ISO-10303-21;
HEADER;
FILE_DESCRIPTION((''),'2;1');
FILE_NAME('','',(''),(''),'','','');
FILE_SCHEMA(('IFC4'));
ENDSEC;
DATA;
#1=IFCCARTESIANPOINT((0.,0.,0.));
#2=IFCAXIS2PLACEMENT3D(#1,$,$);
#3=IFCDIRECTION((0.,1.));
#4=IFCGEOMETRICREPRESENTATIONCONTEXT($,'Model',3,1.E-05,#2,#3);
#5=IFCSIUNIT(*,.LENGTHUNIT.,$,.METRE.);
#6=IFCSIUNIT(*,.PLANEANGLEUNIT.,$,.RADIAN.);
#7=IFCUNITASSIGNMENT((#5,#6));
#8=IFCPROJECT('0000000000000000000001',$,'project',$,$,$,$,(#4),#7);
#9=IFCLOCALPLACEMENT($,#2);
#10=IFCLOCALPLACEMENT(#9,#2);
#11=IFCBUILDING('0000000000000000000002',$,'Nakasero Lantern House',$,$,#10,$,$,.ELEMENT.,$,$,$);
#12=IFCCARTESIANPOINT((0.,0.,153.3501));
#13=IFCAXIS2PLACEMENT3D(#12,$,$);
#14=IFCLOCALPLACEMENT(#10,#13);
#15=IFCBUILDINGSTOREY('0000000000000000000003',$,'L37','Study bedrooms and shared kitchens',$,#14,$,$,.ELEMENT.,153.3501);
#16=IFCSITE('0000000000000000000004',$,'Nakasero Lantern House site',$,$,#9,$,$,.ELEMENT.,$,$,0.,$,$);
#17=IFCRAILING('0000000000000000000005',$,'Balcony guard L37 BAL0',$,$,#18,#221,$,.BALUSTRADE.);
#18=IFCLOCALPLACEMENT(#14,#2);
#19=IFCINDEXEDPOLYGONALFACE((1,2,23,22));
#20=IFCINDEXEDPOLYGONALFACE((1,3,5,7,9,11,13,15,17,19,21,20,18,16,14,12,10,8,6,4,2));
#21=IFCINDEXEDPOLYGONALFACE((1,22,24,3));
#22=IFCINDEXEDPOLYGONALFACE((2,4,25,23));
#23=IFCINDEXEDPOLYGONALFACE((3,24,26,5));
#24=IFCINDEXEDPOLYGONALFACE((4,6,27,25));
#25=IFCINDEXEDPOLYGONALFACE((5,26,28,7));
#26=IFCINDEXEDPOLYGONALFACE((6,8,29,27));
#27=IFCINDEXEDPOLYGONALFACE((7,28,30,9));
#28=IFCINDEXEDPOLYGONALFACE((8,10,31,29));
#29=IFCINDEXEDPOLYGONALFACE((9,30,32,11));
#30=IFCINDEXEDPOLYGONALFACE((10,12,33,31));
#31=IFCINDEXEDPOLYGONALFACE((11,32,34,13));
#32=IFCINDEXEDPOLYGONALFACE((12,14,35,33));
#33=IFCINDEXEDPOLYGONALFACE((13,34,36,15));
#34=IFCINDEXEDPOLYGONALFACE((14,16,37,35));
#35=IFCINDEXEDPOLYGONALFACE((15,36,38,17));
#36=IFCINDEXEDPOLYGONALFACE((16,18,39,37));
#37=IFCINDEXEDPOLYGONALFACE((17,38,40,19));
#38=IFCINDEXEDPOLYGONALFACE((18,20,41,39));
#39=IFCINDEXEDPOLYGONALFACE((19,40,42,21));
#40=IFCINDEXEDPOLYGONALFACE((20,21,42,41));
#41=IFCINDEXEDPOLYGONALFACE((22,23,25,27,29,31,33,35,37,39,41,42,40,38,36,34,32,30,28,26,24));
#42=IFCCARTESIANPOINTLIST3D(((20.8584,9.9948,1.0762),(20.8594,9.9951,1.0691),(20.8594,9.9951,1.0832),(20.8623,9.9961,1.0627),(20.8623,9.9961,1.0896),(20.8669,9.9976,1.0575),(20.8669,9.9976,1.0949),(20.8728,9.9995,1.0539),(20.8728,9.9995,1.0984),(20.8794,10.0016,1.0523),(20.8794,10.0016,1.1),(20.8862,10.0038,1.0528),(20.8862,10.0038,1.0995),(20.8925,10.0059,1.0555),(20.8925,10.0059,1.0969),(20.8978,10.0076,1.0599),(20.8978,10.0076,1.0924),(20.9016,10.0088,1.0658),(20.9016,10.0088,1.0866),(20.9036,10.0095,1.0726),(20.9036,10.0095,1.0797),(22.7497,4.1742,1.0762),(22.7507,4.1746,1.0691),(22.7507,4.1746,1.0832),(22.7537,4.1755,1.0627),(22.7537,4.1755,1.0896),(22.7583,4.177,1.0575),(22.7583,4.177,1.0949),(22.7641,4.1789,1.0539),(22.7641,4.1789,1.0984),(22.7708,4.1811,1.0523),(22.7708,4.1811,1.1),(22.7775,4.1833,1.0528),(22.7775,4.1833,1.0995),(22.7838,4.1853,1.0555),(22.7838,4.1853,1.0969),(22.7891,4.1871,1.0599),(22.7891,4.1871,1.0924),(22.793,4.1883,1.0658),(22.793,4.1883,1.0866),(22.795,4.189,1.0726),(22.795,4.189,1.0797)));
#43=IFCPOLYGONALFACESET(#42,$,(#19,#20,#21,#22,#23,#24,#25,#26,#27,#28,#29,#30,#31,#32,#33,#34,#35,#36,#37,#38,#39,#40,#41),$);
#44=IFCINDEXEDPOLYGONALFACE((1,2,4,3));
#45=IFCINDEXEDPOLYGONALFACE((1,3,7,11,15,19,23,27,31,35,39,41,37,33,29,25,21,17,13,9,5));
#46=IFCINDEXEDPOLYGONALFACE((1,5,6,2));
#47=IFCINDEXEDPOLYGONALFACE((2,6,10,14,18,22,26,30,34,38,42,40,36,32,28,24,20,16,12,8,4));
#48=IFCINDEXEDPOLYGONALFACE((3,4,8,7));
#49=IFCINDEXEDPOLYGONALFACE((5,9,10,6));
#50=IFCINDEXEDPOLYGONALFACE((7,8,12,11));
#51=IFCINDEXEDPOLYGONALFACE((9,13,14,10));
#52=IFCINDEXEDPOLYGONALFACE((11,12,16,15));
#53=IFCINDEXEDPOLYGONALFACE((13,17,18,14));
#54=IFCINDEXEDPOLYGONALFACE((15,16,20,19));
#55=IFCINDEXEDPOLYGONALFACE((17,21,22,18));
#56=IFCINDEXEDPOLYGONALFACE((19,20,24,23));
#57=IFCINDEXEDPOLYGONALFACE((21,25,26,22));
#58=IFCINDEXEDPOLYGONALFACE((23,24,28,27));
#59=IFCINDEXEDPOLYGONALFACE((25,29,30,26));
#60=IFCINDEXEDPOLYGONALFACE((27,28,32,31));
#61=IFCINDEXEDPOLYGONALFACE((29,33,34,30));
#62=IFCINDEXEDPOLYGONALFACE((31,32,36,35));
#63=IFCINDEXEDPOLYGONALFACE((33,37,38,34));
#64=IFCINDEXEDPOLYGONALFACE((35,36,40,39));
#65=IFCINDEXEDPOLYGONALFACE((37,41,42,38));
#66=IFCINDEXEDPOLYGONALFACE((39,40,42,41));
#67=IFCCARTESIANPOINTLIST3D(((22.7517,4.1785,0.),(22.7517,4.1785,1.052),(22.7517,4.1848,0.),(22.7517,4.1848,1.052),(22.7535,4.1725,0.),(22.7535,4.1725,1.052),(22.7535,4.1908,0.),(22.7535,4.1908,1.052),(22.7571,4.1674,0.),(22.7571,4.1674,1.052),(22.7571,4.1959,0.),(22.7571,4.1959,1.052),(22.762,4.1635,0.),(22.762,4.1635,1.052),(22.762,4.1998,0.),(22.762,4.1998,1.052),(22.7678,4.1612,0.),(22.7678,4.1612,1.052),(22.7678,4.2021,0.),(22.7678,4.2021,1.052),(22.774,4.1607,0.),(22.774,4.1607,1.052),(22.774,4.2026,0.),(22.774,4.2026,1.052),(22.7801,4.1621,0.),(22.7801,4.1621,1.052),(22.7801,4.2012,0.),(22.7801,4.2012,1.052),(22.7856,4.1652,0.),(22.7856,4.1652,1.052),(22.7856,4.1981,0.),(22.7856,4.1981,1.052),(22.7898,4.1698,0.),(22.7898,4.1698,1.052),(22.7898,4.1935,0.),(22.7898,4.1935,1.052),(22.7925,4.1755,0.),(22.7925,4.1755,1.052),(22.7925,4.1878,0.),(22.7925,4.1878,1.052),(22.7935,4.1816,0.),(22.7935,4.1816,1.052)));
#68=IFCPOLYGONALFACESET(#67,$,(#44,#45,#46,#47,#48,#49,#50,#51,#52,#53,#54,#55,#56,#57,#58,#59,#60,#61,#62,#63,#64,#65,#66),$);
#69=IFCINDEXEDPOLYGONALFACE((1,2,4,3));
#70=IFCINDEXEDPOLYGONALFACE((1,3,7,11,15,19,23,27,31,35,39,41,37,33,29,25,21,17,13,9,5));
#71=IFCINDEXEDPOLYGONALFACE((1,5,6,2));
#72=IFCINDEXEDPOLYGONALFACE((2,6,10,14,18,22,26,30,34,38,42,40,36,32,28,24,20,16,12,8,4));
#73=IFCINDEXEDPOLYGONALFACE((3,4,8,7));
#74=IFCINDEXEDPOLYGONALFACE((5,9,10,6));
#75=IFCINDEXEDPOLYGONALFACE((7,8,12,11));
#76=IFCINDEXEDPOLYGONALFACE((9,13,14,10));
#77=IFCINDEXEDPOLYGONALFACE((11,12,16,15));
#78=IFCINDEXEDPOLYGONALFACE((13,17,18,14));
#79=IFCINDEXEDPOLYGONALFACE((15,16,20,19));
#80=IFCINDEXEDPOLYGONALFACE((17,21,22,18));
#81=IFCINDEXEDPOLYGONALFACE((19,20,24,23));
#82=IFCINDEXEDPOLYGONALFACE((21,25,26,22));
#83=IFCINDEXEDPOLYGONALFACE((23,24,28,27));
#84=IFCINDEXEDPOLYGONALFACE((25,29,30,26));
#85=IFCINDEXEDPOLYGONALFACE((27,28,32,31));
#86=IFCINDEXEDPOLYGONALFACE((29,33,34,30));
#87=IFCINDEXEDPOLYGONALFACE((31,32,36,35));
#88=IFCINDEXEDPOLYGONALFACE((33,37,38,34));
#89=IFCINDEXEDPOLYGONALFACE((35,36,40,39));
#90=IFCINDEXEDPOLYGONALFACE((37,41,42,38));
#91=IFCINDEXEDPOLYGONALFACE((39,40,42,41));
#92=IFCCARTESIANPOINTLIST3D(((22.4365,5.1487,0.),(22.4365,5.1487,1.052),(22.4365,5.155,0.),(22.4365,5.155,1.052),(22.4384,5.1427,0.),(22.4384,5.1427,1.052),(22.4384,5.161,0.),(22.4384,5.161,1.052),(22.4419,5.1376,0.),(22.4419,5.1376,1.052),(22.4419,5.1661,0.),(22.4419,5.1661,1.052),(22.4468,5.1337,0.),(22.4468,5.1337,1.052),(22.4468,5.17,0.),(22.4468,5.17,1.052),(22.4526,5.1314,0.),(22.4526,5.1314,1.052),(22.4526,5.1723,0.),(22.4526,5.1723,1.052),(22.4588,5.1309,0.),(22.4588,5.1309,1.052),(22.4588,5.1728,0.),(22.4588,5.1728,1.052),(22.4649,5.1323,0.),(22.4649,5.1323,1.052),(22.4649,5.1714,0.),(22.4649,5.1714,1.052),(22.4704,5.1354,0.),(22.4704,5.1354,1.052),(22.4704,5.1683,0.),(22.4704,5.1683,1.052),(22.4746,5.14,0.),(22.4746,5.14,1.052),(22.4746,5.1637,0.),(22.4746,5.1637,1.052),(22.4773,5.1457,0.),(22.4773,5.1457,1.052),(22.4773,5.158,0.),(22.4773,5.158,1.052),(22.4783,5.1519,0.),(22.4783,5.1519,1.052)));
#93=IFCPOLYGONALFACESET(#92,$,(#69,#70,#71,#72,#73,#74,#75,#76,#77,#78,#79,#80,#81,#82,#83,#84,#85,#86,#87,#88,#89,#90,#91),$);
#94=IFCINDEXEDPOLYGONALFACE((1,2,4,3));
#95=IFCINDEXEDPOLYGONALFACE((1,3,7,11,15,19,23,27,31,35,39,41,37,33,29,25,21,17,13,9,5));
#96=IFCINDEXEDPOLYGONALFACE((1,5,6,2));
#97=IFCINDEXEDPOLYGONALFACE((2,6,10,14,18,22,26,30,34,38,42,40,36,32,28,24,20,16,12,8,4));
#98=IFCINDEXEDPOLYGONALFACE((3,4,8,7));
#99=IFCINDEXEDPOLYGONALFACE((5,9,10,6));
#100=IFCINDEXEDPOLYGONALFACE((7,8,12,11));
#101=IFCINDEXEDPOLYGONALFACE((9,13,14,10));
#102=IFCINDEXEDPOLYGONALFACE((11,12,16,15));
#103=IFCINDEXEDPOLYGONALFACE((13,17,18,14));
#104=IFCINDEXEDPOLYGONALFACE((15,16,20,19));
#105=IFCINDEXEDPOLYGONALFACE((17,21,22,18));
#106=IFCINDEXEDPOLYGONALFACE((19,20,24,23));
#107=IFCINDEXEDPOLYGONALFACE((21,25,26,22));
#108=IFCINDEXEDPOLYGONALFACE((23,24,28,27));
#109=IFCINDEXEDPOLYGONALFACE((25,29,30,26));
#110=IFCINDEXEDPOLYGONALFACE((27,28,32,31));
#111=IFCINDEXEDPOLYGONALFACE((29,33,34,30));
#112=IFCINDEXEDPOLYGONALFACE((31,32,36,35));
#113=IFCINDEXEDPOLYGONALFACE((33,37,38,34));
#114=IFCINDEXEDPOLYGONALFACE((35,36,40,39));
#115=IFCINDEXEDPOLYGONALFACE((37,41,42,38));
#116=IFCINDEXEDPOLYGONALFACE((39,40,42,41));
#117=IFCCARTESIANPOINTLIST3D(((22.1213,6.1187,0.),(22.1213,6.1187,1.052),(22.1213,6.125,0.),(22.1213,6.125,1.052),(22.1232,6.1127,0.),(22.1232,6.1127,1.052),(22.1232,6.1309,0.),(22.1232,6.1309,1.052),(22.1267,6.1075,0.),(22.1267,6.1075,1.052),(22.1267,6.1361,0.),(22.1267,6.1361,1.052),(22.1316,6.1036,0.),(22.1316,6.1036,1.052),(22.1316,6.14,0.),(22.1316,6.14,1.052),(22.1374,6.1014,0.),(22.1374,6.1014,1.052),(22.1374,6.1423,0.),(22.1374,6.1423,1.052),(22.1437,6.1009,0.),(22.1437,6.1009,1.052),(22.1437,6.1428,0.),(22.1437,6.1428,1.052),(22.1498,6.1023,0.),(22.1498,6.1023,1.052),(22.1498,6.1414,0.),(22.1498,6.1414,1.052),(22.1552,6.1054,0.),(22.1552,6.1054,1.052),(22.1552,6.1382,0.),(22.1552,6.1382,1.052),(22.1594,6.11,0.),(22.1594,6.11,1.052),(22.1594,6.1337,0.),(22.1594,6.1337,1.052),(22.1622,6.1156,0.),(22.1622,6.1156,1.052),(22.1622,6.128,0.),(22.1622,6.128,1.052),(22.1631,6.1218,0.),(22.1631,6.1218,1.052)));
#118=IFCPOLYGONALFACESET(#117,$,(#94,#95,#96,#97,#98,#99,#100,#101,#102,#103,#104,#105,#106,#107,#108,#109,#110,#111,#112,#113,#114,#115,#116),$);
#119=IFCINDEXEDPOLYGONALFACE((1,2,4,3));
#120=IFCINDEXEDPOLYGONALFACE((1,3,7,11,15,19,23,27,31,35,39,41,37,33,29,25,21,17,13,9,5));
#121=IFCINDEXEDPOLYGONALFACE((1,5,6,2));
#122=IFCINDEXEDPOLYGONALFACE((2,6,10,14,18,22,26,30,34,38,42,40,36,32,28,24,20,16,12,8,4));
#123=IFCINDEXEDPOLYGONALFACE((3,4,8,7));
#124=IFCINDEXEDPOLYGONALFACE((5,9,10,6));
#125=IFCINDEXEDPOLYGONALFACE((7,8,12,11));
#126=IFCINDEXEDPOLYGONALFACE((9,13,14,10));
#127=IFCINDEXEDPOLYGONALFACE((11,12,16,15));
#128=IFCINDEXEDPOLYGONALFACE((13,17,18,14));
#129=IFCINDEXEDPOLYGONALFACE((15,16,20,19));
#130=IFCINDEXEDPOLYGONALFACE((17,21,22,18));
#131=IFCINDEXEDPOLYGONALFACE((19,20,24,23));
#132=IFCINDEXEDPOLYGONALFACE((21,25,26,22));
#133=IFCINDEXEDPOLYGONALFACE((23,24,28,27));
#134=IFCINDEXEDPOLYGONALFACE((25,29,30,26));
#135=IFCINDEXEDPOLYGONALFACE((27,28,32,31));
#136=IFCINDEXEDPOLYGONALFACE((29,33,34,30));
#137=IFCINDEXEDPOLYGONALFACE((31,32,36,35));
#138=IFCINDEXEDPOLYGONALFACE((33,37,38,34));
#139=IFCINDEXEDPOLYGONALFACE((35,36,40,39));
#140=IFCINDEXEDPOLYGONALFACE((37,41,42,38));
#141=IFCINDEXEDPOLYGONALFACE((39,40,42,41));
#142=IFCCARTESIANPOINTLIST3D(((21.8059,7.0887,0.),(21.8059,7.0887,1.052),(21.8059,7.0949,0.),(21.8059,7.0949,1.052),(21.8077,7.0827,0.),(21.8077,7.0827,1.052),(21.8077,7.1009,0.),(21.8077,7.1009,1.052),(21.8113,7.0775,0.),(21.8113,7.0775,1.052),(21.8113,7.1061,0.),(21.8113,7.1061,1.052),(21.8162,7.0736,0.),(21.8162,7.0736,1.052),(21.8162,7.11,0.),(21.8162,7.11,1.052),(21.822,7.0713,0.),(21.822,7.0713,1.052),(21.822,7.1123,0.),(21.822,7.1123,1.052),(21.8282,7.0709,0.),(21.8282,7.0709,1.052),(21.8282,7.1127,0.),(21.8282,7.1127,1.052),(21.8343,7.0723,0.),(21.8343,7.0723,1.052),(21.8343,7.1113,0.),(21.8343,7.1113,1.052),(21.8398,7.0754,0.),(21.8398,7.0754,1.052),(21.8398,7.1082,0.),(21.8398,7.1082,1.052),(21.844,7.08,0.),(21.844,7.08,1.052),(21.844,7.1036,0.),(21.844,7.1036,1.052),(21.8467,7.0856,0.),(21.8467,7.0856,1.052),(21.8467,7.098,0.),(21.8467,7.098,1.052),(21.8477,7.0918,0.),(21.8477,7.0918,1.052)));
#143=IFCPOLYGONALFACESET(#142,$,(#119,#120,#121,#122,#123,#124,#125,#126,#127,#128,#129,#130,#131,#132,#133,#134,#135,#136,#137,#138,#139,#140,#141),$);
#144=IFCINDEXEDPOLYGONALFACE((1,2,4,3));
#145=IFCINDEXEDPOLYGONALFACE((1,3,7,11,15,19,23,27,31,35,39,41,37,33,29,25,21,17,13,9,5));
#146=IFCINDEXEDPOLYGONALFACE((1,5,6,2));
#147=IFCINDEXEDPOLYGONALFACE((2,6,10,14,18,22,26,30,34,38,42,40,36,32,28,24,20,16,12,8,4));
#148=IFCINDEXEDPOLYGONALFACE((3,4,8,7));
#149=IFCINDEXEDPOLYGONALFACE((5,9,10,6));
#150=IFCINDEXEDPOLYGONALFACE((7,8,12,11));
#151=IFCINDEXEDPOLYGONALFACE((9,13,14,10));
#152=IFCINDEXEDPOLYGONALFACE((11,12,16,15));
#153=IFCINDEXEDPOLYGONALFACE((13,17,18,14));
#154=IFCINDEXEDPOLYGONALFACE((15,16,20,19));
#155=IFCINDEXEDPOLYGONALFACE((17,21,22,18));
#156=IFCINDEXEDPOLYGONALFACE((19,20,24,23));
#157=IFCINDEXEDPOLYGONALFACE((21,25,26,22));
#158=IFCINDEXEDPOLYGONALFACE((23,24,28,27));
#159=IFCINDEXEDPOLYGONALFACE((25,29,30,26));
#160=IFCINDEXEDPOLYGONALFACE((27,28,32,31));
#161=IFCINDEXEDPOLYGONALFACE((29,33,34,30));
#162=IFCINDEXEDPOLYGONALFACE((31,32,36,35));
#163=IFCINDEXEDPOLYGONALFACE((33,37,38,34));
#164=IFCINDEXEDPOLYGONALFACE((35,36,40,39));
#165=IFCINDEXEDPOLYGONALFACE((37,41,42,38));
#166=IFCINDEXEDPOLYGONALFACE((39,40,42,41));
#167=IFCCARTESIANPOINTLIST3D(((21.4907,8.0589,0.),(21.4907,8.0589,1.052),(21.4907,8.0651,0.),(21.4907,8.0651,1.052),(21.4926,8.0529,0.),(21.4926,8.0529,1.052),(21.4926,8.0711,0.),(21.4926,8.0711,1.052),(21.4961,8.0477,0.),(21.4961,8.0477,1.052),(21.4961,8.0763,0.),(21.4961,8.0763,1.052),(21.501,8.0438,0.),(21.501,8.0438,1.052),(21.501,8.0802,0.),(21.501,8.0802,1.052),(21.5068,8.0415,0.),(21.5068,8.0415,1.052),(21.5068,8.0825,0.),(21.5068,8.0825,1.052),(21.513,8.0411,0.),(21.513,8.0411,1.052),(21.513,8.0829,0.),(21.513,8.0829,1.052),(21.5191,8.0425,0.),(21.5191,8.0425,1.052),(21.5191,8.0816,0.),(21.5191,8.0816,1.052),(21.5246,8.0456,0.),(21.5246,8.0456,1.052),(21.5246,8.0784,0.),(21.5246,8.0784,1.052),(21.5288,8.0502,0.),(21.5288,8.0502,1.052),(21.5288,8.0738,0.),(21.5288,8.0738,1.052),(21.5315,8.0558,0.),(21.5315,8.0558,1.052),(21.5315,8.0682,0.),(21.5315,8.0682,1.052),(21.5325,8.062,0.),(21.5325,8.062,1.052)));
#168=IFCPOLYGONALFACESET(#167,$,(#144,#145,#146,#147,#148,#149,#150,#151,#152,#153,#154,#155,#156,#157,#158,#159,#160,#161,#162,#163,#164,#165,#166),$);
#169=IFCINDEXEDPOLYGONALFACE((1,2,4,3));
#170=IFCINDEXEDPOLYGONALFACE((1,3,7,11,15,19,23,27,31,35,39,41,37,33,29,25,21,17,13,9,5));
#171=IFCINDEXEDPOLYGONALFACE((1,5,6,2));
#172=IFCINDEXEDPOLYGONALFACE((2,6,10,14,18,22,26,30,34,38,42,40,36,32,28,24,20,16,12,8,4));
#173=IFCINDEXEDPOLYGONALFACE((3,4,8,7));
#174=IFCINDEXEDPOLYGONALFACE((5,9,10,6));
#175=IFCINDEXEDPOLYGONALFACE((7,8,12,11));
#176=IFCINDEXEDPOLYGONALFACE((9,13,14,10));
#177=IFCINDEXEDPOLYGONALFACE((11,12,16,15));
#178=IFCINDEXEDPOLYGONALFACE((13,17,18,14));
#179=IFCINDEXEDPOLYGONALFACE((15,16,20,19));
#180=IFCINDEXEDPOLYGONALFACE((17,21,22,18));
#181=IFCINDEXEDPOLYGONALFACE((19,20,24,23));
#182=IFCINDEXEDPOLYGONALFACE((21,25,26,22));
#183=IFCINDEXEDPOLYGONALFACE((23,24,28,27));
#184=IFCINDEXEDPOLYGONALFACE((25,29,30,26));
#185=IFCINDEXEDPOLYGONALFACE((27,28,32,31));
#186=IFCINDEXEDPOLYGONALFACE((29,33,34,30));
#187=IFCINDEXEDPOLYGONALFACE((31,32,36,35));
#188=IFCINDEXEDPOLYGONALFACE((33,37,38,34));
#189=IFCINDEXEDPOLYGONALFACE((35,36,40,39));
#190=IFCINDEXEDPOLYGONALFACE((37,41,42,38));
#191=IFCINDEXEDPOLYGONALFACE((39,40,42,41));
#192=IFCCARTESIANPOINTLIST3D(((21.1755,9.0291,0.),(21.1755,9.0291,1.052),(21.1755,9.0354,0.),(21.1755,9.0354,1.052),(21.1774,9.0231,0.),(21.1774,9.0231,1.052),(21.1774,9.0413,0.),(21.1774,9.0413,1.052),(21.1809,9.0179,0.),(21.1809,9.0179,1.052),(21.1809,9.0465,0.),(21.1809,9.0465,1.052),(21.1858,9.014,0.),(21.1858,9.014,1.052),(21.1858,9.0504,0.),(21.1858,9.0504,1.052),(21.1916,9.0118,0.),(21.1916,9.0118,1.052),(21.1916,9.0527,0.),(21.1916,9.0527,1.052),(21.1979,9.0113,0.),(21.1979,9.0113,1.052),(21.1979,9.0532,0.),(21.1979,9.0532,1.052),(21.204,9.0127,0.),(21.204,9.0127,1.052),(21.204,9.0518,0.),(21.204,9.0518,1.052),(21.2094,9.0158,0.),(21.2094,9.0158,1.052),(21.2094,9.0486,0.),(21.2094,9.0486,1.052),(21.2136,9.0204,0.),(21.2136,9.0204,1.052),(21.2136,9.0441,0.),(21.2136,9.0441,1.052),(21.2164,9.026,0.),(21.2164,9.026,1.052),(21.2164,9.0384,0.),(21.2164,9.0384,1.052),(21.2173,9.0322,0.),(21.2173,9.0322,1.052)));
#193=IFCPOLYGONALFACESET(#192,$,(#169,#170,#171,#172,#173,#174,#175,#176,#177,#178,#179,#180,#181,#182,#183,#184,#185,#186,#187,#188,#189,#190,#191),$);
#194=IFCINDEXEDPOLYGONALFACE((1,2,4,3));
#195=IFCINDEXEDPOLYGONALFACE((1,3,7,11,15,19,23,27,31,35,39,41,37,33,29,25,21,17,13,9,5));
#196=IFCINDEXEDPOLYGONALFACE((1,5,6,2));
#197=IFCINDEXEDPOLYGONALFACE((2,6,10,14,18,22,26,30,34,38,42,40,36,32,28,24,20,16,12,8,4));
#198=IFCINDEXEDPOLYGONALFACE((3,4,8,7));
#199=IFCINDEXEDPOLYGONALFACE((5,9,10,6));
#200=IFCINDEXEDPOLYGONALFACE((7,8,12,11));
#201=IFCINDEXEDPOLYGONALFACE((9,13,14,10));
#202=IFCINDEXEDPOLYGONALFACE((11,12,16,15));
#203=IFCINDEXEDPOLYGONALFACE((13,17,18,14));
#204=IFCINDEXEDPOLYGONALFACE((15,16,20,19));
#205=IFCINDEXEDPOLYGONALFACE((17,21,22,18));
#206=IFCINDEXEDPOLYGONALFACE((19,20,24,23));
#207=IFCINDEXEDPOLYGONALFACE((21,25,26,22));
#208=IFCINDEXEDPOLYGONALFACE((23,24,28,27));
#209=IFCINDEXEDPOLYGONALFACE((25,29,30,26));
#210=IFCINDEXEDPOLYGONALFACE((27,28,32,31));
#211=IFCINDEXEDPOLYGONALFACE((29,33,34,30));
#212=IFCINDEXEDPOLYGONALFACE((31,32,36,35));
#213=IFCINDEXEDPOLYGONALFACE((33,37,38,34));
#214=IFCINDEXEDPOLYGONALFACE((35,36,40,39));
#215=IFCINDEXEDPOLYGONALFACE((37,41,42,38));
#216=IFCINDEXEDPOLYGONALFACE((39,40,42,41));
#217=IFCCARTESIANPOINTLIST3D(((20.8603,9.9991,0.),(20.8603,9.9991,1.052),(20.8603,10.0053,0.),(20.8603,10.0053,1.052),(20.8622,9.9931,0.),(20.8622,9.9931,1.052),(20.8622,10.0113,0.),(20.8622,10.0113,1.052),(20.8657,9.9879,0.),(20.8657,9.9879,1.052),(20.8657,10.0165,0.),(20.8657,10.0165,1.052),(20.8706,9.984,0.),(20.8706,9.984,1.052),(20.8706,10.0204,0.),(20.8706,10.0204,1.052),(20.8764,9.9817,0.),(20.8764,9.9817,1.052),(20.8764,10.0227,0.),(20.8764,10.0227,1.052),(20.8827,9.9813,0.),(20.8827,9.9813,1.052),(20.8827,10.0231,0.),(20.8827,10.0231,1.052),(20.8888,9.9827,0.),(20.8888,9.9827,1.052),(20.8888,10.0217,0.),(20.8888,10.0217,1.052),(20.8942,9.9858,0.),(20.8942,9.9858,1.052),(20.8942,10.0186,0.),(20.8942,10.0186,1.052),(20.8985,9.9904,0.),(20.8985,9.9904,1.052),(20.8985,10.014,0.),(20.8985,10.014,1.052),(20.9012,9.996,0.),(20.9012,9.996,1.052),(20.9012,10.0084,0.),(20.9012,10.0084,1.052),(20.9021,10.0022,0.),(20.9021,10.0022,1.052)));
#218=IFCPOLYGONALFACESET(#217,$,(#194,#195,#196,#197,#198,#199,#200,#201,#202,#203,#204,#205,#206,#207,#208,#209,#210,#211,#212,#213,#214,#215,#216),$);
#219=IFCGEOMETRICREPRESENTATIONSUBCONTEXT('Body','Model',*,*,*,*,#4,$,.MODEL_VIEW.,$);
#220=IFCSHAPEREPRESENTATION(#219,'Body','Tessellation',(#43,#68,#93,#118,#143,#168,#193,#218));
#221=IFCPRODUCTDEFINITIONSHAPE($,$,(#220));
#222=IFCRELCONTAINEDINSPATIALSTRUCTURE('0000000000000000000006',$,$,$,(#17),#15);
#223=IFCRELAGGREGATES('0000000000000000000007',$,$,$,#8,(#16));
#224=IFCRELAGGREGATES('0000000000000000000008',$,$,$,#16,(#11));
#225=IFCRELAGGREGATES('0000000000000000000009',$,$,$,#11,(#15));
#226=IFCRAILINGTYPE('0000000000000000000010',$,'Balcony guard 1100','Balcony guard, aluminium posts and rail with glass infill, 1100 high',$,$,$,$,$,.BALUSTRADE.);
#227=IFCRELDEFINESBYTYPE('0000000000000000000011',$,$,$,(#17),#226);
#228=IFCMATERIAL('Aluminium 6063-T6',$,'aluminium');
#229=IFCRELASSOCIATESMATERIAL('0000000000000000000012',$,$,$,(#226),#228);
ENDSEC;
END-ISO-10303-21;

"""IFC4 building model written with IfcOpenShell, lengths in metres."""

from ifc_helpers import new_model, si_unit, direction, frame, origin, origin_2d, place, context, subcontext, project, spatial, circle, extrude, material, type_object, element, save


model = new_model("IFC4")

# Units and contexts
model_context = context("Model", 3, precision=1e-05, world=origin(), true_north=direction((0.0, 1.0)))
body_context = subcontext(model_context, "Body", "Model", "MODEL_VIEW")
ifc_project = project(units=[si_unit("LENGTHUNIT", "METRE"), si_unit("PLANEANGLEUNIT", "RADIAN")], contexts=[model_context])

# Site, building, storey
site_placement = place(None, origin())
site = spatial("IfcSite", under=ifc_project, at=site_placement, Name="Nakasero Lantern House site", CompositionType="ELEMENT", RefElevation=0.0)
building_placement = place(site_placement, origin())
building = spatial("IfcBuilding", under=site, at=building_placement, Name="Nakasero Lantern House", CompositionType="ELEMENT")
storey_placement = place(building_placement, frame((0.0, 0.0, 153.3501)))
storey = spatial("IfcBuildingStorey", under=building, at=storey_placement, Name="L37", Description="Study bedrooms and shared kitchens", CompositionType="ELEMENT", Elevation=153.3501)

# Railing
ifc_material_1 = material(Name="Aluminium 6063-T6", Category="aluminium")
railing_type = type_object("IfcRailingType", Name="Balcony guard 1100", Description="Balcony guard, aluminium posts and rail with glass infill, 1100 high", PredefinedType="BALUSTRADE", material=ifc_material_1)
railing_placement = place(storey_placement, frame((22.7725, 4.1816, 0.0)))
element("IfcRailing", 1, at=railing_placement, inside=storey, type_object=railing_type, Name="Balcony guard L37 BAL0", PredefinedType="BALUSTRADE", context=body_context, shape_type="SweptSolid", body=[
    extrude(circle(Radius=0.0239, at=origin_2d()), frame((0.0, 0.0, 1.0762), z_axis=(-0.309038, 0.95105, 0.0), x_axis=(-0.95105, -0.309038, 0.0)), (0.0, 0.0, 1.0), 6.1201),
    extrude(circle(Radius=0.021, at=origin_2d()), origin(), (0.0, 0.0, 1.0), 1.052),
    extrude(circle(Radius=0.021, at=origin_2d()), frame((-0.3152, 0.9702, 0.0)), (0.0, 0.0, 1.0), 1.052),
    extrude(circle(Radius=0.021, at=origin_2d()), frame((-0.6304, 1.9402, 0.0)), (0.0, 0.0, 1.0), 1.052),
    extrude(circle(Radius=0.021, at=origin_2d()), frame((-0.9458, 2.9102, 0.0)), (0.0, 0.0, 1.0), 1.052),
    extrude(circle(Radius=0.021, at=origin_2d()), frame((-1.261, 3.8804, 0.0)), (0.0, 0.0, 1.0), 1.052),
    extrude(circle(Radius=0.021, at=origin_2d()), frame((-1.5762, 4.8506, 0.0)), (0.0, 0.0, 1.0), 1.052),
    extrude(circle(Radius=0.021, at=origin_2d()), frame((-1.8914, 5.8206, 0.0)), (0.0, 0.0, 1.0), 1.052),
])

save(model, "model.ifc")
